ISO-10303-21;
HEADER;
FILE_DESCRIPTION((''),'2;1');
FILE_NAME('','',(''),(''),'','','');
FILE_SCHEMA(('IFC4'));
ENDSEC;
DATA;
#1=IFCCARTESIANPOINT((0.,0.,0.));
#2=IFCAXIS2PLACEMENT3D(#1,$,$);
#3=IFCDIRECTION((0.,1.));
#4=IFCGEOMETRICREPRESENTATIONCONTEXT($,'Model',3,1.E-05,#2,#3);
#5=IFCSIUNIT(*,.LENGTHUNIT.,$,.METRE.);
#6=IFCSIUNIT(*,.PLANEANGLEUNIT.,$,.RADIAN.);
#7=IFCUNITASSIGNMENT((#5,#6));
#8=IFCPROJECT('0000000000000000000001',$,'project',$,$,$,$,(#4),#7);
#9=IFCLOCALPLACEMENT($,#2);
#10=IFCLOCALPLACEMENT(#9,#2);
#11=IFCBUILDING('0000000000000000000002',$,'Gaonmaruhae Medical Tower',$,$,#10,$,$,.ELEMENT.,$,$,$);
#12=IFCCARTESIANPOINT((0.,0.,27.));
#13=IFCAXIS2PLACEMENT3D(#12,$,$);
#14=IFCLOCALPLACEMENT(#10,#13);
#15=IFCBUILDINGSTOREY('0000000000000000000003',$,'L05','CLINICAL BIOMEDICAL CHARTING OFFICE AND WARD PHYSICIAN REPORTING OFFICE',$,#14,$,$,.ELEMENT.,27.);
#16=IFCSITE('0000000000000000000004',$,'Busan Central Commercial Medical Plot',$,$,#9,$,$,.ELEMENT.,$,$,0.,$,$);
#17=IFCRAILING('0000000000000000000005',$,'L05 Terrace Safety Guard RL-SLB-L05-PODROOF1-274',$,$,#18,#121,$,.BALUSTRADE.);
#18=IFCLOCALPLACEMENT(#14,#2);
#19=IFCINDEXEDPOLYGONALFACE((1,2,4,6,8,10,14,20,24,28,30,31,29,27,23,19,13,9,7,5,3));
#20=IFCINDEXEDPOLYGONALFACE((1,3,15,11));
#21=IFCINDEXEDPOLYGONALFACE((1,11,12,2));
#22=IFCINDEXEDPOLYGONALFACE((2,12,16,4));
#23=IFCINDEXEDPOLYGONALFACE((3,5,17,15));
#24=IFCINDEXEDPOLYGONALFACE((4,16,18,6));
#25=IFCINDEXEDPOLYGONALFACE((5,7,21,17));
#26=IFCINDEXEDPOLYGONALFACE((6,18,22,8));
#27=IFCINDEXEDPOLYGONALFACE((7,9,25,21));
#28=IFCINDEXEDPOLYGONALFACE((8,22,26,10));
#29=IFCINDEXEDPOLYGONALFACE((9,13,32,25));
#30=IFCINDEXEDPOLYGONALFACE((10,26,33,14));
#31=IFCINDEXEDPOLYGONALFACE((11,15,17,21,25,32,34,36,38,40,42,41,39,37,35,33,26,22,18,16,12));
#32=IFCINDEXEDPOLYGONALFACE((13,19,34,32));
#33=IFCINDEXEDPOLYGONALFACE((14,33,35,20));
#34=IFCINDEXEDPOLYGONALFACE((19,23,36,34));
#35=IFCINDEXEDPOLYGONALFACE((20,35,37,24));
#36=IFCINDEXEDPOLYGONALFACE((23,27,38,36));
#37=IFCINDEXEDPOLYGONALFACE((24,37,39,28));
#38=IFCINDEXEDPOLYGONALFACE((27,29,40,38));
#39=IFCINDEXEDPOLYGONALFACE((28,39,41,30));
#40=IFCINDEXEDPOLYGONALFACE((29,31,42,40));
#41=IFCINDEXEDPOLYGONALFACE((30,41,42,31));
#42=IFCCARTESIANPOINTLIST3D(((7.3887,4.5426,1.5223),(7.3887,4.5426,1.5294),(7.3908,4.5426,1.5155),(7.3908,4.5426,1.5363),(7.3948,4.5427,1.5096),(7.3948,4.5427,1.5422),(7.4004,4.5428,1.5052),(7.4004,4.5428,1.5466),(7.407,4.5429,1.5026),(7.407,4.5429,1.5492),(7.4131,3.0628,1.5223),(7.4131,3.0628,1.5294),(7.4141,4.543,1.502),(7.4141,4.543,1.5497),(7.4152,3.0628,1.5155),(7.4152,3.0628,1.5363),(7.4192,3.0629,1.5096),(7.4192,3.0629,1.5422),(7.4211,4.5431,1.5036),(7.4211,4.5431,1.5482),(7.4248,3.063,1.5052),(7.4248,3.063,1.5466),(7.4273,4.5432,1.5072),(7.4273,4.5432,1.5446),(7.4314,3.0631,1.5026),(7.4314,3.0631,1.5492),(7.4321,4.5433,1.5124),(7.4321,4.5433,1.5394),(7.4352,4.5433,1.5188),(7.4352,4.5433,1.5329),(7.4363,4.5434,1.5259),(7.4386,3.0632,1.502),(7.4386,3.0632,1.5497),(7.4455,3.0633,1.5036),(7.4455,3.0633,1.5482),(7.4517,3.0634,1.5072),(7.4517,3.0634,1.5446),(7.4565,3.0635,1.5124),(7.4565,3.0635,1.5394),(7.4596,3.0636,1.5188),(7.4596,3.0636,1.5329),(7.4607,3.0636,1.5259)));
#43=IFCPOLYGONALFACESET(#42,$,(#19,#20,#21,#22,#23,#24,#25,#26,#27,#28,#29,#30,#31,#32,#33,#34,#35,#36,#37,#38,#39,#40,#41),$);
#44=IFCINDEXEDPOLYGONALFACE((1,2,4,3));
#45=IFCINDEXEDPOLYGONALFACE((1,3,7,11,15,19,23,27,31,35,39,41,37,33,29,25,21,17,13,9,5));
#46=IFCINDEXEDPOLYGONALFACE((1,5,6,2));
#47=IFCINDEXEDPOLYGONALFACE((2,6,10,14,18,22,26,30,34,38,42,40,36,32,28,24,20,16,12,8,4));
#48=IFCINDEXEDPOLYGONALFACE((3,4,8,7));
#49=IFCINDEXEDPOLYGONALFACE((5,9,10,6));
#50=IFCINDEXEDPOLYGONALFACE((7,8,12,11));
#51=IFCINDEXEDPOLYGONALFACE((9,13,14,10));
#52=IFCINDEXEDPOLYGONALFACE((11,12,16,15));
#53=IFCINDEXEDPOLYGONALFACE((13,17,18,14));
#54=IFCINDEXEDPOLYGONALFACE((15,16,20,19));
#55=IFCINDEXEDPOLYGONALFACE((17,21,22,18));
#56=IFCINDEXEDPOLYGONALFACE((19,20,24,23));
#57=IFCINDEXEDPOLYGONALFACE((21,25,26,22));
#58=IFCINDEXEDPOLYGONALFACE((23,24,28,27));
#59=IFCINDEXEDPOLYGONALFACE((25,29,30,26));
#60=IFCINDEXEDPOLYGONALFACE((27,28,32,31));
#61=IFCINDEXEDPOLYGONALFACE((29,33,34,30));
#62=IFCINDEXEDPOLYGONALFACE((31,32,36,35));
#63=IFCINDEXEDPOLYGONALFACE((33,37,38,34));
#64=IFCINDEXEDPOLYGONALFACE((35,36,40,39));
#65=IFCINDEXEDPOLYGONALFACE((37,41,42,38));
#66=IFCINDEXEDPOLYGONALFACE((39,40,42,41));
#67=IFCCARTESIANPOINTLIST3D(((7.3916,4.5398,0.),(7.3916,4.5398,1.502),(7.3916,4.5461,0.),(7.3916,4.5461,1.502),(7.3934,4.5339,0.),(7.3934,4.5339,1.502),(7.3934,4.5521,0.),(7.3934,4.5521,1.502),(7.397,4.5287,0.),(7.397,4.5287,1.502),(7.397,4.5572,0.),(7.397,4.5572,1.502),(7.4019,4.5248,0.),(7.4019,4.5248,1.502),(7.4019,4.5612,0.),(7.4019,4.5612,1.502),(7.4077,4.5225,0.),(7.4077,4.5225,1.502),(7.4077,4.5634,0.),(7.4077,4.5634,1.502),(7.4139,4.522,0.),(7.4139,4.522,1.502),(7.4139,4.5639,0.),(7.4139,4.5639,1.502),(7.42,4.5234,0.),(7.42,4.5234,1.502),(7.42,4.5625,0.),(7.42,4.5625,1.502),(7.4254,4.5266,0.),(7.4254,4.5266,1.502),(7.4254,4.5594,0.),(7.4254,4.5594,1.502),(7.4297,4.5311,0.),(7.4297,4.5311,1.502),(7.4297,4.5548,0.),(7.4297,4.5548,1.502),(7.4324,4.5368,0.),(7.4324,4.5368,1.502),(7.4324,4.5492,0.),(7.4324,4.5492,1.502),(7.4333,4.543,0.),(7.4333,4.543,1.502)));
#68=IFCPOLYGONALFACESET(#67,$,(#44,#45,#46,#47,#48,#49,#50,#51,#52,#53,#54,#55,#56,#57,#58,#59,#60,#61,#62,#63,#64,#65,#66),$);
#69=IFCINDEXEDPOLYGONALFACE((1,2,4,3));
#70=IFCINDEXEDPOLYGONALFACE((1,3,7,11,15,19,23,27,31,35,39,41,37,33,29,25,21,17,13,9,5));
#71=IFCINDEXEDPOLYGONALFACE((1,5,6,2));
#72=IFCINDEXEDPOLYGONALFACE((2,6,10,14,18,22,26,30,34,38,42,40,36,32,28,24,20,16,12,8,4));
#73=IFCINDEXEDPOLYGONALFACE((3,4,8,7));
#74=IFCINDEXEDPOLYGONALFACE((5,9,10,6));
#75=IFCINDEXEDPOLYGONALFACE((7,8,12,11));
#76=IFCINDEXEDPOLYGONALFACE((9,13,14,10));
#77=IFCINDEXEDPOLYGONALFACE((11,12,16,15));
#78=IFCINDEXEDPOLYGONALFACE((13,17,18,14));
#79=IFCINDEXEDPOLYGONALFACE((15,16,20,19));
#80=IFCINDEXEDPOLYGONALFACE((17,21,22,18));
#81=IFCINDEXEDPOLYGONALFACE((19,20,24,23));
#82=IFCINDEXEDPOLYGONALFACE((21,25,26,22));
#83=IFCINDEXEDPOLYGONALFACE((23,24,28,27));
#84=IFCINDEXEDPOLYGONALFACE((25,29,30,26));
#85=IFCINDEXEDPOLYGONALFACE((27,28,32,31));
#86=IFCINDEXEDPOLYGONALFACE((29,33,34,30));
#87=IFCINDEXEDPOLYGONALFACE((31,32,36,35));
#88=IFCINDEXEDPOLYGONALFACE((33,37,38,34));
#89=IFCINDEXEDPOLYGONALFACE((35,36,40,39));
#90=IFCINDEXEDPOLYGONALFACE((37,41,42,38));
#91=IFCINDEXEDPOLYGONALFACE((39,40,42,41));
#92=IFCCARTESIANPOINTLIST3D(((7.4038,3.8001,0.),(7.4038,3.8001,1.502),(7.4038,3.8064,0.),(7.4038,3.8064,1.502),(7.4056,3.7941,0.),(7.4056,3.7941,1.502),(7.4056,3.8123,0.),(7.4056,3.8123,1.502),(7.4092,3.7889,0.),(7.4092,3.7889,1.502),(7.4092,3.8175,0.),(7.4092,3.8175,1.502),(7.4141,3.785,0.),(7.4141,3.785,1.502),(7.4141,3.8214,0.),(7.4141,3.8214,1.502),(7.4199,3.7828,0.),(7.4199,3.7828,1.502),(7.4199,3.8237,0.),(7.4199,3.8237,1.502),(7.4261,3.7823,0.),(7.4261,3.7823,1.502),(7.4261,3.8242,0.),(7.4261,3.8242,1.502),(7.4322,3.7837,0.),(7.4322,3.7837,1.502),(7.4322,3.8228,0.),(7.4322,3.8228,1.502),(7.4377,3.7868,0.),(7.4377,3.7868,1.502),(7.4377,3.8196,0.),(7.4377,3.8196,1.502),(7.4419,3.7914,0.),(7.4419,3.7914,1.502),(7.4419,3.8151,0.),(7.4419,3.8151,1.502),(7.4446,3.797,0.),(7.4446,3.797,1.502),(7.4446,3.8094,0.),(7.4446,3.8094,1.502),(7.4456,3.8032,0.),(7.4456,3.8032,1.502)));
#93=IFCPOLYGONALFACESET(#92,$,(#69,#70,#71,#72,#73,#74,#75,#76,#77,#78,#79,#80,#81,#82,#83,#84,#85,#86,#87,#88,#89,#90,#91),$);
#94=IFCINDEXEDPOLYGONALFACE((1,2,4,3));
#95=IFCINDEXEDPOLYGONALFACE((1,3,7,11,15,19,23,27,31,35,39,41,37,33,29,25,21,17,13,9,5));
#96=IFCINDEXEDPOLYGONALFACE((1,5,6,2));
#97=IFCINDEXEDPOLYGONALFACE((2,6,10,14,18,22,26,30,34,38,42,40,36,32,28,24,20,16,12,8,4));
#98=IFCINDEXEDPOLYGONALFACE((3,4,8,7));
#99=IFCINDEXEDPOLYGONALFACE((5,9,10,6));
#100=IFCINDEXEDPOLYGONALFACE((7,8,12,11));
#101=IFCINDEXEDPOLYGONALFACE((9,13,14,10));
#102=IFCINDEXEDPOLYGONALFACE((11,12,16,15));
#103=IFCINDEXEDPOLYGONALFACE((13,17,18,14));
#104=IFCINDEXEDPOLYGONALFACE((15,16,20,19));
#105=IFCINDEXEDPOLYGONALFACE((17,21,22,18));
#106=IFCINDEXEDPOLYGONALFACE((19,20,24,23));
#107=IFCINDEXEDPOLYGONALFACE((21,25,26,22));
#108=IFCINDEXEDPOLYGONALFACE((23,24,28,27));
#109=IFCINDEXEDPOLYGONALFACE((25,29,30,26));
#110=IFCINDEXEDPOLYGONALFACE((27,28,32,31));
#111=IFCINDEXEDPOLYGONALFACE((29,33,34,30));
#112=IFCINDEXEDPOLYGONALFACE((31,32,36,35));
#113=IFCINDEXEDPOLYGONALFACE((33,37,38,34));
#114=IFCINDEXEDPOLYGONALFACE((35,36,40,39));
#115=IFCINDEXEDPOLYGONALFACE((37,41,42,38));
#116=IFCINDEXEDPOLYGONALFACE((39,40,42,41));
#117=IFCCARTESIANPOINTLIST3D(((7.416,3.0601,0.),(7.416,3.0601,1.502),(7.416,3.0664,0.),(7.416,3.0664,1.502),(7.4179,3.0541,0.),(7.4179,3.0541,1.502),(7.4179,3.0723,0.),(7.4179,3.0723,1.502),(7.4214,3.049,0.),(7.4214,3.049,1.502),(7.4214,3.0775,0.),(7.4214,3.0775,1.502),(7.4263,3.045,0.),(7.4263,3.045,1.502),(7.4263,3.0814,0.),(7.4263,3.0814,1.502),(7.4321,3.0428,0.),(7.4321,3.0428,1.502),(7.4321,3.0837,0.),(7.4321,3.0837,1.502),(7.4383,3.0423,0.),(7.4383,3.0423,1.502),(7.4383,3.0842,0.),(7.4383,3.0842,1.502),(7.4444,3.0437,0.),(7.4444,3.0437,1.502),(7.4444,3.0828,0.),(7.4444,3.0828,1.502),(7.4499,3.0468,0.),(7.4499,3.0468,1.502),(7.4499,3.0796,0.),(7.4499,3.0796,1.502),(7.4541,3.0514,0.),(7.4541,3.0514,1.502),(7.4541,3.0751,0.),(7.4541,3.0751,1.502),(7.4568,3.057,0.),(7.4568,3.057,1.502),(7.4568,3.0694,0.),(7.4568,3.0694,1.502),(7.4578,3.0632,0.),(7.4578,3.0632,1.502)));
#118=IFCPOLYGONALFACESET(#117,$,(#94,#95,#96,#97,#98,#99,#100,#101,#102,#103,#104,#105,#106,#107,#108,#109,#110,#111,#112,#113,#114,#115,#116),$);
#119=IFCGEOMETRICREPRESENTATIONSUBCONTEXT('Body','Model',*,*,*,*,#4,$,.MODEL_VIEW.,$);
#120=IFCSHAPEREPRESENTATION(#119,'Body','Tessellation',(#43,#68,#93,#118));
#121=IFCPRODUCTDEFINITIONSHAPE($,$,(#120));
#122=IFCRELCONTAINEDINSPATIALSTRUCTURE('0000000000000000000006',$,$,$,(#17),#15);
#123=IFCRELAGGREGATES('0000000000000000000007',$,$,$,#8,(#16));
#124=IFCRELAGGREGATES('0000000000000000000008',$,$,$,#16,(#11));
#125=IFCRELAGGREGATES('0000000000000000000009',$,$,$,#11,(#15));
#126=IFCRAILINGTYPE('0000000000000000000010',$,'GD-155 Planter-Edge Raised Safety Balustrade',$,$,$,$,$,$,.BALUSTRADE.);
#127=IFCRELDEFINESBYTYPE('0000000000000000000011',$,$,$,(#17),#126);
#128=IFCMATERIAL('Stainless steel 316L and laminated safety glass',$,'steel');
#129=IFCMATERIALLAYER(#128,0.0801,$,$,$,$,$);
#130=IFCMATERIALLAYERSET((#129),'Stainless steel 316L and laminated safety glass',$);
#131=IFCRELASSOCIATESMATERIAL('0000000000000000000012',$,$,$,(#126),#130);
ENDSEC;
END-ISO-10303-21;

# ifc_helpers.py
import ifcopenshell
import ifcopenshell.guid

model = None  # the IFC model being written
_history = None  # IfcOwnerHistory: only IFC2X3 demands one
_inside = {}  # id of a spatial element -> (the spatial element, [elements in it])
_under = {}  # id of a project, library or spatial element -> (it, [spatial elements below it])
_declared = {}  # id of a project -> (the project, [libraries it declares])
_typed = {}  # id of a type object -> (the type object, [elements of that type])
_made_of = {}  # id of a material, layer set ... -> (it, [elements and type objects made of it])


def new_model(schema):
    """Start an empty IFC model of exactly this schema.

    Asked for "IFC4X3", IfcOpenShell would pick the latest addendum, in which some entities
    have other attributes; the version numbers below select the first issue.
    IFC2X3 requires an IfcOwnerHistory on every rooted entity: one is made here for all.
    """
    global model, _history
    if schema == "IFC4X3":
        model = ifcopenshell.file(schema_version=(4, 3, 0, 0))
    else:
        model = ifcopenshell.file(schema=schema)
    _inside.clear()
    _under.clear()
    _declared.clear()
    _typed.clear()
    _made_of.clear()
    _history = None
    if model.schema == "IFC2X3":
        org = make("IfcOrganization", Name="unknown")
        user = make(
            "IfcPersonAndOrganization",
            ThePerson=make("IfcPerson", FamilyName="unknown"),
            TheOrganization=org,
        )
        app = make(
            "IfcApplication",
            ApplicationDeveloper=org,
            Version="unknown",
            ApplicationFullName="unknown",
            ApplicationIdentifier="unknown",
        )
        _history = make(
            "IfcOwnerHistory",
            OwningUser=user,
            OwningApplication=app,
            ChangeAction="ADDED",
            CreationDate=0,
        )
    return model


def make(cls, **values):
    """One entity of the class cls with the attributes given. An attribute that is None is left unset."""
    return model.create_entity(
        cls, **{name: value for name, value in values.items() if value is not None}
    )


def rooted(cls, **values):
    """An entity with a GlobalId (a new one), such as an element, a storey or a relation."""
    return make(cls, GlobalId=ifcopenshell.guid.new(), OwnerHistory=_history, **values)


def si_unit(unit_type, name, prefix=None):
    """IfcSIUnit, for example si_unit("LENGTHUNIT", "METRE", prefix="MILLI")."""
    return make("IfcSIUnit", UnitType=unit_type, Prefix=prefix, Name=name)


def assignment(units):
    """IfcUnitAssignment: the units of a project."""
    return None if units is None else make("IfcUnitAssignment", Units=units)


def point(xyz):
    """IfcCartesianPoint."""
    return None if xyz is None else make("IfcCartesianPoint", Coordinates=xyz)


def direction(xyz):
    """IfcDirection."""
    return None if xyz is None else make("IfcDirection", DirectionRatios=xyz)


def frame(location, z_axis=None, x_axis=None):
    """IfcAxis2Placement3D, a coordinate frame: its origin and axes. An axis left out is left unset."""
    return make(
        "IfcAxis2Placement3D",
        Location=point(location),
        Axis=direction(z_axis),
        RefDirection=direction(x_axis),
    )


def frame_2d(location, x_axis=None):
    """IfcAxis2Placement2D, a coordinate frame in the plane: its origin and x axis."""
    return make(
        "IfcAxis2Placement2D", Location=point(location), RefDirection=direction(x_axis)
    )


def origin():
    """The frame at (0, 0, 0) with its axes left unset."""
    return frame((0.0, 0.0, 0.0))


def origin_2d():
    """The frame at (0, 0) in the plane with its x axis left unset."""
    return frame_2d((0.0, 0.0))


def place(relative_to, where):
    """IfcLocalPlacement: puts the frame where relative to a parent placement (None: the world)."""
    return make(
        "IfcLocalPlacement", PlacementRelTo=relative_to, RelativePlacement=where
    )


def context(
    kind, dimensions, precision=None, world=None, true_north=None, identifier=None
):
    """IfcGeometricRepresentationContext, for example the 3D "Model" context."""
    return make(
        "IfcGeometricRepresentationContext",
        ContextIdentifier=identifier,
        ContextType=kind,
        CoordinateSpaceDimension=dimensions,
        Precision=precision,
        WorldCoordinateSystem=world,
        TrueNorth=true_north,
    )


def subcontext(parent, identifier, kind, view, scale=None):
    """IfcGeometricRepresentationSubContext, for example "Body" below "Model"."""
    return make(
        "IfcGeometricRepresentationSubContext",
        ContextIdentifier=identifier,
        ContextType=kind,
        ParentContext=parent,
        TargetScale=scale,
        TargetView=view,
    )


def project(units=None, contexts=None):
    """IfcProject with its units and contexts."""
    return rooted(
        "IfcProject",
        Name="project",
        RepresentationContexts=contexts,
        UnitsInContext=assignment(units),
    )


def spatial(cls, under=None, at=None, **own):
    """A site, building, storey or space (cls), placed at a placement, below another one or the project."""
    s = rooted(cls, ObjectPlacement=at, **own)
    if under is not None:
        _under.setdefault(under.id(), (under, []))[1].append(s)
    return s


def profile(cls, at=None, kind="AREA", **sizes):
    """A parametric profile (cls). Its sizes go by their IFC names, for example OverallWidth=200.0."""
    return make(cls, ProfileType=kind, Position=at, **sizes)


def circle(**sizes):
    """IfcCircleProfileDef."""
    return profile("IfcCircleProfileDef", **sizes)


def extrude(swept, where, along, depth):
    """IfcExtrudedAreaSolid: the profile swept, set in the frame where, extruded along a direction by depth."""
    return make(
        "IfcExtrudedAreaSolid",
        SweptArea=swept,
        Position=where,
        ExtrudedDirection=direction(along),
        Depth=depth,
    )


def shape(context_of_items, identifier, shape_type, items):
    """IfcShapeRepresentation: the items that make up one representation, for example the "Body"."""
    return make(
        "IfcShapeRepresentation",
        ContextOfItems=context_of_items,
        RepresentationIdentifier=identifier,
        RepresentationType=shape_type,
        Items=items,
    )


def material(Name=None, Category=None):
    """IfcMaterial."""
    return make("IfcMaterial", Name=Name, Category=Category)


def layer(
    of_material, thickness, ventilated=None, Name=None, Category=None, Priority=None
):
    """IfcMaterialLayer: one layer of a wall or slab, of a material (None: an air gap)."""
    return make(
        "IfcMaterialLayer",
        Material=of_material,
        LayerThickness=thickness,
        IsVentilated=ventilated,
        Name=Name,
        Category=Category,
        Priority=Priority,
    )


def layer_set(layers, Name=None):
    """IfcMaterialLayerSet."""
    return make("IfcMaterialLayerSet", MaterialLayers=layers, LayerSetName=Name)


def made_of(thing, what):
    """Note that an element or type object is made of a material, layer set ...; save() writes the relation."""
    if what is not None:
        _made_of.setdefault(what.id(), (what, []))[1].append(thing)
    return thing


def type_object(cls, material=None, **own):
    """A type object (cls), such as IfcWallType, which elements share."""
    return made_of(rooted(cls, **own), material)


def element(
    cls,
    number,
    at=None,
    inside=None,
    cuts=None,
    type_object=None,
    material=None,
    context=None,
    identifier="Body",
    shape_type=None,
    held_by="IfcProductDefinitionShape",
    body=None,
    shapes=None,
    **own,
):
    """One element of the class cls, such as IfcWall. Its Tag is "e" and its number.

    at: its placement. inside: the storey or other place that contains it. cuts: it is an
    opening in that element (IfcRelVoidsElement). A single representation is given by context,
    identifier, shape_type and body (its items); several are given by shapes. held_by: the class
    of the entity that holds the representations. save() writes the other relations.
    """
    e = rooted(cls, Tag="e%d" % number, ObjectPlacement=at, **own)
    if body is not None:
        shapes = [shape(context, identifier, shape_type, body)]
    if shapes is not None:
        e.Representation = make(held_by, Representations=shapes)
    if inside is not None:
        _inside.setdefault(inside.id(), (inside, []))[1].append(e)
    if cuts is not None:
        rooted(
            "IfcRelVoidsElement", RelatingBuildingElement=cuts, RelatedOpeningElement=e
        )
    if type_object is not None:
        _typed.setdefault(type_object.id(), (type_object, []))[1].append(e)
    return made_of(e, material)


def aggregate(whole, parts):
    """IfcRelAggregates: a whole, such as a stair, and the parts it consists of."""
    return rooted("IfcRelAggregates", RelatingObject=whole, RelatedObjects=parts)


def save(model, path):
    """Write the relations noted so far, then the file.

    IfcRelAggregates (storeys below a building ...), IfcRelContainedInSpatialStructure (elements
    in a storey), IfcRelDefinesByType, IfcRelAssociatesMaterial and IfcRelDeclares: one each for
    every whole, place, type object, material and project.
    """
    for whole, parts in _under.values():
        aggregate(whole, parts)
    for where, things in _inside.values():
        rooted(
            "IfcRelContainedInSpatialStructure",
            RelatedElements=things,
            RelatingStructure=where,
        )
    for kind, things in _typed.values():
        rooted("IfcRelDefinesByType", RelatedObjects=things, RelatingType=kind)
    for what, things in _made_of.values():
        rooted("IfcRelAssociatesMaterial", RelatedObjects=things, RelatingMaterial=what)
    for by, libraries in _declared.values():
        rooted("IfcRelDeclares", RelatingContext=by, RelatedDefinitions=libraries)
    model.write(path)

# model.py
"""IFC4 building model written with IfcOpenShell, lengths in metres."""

from ifc_helpers import new_model, si_unit, direction, frame, origin, origin_2d, place, context, subcontext, project, spatial, circle, extrude, material, layer, layer_set, type_object, element, save


model = new_model("IFC4")

# Units and contexts
model_context = context("Model", 3, precision=1e-05, world=origin(), true_north=direction((0.0, 1.0)))
body_context = subcontext(model_context, "Body", "Model", "MODEL_VIEW")
ifc_project = project(units=[si_unit("LENGTHUNIT", "METRE"), si_unit("PLANEANGLEUNIT", "RADIAN")], contexts=[model_context])

# Site, building, storey
site_placement = place(None, origin())
site = spatial("IfcSite", under=ifc_project, at=site_placement, Name="Busan Central Commercial Medical Plot", CompositionType="ELEMENT", RefElevation=0.0)
building_placement = place(site_placement, origin())
building = spatial("IfcBuilding", under=site, at=building_placement, Name="Gaonmaruhae Medical Tower", CompositionType="ELEMENT")
storey_placement = place(building_placement, frame((0.0, 0.0, 27.0)))
storey = spatial("IfcBuildingStorey", under=building, at=storey_placement, Name="L05", Description="CLINICAL BIOMEDICAL CHARTING OFFICE AND WARD PHYSICIAN REPORTING OFFICE", CompositionType="ELEMENT", Elevation=27.0)

# Railing
ifc_material_1 = material(Name="Stainless steel 316L and laminated safety glass", Category="steel")
ifc_layer_1 = layer(ifc_material_1, 0.0801)
ifc_layer_set_1 = layer_set([ifc_layer_1], Name="Stainless steel 316L and laminated safety glass")
railing_type_1 = type_object("IfcRailingType", Name="GD-155 Planter-Edge Raised Safety Balustrade", PredefinedType="BALUSTRADE", material=ifc_layer_set_1)
railing_1_placement = place(storey_placement, frame((7.4124, 4.543, 0.0)))
element("IfcRailing", 1, at=railing_1_placement, inside=storey, type_object=railing_type_1, Name="L05 Terrace Safety Guard RL-SLB-L05-PODROOF1-274", PredefinedType="BALUSTRADE", context=body_context, shape_type="SweptSolid", body=[
    extrude(circle(Radius=0.0239, at=origin_2d()), frame((0.0, 0.0, 1.5259), z_axis=(0.016497, -0.999864, 0.0), x_axis=(0.999864, 0.016497, 0.0)), (0.0, 0.0, 1.0), 1.48),
    extrude(circle(Radius=0.021, at=origin_2d()), origin(), (0.0, 0.0, 1.0), 1.502),
    extrude(circle(Radius=0.021, at=origin_2d()), frame((0.0122, -0.7397, 0.0)), (0.0, 0.0, 1.0), 1.502),
    extrude(circle(Radius=0.021, at=origin_2d()), frame((0.0244, -1.4797, 0.0)), (0.0, 0.0, 1.0), 1.502),
])

save(model, "model.ifc")
